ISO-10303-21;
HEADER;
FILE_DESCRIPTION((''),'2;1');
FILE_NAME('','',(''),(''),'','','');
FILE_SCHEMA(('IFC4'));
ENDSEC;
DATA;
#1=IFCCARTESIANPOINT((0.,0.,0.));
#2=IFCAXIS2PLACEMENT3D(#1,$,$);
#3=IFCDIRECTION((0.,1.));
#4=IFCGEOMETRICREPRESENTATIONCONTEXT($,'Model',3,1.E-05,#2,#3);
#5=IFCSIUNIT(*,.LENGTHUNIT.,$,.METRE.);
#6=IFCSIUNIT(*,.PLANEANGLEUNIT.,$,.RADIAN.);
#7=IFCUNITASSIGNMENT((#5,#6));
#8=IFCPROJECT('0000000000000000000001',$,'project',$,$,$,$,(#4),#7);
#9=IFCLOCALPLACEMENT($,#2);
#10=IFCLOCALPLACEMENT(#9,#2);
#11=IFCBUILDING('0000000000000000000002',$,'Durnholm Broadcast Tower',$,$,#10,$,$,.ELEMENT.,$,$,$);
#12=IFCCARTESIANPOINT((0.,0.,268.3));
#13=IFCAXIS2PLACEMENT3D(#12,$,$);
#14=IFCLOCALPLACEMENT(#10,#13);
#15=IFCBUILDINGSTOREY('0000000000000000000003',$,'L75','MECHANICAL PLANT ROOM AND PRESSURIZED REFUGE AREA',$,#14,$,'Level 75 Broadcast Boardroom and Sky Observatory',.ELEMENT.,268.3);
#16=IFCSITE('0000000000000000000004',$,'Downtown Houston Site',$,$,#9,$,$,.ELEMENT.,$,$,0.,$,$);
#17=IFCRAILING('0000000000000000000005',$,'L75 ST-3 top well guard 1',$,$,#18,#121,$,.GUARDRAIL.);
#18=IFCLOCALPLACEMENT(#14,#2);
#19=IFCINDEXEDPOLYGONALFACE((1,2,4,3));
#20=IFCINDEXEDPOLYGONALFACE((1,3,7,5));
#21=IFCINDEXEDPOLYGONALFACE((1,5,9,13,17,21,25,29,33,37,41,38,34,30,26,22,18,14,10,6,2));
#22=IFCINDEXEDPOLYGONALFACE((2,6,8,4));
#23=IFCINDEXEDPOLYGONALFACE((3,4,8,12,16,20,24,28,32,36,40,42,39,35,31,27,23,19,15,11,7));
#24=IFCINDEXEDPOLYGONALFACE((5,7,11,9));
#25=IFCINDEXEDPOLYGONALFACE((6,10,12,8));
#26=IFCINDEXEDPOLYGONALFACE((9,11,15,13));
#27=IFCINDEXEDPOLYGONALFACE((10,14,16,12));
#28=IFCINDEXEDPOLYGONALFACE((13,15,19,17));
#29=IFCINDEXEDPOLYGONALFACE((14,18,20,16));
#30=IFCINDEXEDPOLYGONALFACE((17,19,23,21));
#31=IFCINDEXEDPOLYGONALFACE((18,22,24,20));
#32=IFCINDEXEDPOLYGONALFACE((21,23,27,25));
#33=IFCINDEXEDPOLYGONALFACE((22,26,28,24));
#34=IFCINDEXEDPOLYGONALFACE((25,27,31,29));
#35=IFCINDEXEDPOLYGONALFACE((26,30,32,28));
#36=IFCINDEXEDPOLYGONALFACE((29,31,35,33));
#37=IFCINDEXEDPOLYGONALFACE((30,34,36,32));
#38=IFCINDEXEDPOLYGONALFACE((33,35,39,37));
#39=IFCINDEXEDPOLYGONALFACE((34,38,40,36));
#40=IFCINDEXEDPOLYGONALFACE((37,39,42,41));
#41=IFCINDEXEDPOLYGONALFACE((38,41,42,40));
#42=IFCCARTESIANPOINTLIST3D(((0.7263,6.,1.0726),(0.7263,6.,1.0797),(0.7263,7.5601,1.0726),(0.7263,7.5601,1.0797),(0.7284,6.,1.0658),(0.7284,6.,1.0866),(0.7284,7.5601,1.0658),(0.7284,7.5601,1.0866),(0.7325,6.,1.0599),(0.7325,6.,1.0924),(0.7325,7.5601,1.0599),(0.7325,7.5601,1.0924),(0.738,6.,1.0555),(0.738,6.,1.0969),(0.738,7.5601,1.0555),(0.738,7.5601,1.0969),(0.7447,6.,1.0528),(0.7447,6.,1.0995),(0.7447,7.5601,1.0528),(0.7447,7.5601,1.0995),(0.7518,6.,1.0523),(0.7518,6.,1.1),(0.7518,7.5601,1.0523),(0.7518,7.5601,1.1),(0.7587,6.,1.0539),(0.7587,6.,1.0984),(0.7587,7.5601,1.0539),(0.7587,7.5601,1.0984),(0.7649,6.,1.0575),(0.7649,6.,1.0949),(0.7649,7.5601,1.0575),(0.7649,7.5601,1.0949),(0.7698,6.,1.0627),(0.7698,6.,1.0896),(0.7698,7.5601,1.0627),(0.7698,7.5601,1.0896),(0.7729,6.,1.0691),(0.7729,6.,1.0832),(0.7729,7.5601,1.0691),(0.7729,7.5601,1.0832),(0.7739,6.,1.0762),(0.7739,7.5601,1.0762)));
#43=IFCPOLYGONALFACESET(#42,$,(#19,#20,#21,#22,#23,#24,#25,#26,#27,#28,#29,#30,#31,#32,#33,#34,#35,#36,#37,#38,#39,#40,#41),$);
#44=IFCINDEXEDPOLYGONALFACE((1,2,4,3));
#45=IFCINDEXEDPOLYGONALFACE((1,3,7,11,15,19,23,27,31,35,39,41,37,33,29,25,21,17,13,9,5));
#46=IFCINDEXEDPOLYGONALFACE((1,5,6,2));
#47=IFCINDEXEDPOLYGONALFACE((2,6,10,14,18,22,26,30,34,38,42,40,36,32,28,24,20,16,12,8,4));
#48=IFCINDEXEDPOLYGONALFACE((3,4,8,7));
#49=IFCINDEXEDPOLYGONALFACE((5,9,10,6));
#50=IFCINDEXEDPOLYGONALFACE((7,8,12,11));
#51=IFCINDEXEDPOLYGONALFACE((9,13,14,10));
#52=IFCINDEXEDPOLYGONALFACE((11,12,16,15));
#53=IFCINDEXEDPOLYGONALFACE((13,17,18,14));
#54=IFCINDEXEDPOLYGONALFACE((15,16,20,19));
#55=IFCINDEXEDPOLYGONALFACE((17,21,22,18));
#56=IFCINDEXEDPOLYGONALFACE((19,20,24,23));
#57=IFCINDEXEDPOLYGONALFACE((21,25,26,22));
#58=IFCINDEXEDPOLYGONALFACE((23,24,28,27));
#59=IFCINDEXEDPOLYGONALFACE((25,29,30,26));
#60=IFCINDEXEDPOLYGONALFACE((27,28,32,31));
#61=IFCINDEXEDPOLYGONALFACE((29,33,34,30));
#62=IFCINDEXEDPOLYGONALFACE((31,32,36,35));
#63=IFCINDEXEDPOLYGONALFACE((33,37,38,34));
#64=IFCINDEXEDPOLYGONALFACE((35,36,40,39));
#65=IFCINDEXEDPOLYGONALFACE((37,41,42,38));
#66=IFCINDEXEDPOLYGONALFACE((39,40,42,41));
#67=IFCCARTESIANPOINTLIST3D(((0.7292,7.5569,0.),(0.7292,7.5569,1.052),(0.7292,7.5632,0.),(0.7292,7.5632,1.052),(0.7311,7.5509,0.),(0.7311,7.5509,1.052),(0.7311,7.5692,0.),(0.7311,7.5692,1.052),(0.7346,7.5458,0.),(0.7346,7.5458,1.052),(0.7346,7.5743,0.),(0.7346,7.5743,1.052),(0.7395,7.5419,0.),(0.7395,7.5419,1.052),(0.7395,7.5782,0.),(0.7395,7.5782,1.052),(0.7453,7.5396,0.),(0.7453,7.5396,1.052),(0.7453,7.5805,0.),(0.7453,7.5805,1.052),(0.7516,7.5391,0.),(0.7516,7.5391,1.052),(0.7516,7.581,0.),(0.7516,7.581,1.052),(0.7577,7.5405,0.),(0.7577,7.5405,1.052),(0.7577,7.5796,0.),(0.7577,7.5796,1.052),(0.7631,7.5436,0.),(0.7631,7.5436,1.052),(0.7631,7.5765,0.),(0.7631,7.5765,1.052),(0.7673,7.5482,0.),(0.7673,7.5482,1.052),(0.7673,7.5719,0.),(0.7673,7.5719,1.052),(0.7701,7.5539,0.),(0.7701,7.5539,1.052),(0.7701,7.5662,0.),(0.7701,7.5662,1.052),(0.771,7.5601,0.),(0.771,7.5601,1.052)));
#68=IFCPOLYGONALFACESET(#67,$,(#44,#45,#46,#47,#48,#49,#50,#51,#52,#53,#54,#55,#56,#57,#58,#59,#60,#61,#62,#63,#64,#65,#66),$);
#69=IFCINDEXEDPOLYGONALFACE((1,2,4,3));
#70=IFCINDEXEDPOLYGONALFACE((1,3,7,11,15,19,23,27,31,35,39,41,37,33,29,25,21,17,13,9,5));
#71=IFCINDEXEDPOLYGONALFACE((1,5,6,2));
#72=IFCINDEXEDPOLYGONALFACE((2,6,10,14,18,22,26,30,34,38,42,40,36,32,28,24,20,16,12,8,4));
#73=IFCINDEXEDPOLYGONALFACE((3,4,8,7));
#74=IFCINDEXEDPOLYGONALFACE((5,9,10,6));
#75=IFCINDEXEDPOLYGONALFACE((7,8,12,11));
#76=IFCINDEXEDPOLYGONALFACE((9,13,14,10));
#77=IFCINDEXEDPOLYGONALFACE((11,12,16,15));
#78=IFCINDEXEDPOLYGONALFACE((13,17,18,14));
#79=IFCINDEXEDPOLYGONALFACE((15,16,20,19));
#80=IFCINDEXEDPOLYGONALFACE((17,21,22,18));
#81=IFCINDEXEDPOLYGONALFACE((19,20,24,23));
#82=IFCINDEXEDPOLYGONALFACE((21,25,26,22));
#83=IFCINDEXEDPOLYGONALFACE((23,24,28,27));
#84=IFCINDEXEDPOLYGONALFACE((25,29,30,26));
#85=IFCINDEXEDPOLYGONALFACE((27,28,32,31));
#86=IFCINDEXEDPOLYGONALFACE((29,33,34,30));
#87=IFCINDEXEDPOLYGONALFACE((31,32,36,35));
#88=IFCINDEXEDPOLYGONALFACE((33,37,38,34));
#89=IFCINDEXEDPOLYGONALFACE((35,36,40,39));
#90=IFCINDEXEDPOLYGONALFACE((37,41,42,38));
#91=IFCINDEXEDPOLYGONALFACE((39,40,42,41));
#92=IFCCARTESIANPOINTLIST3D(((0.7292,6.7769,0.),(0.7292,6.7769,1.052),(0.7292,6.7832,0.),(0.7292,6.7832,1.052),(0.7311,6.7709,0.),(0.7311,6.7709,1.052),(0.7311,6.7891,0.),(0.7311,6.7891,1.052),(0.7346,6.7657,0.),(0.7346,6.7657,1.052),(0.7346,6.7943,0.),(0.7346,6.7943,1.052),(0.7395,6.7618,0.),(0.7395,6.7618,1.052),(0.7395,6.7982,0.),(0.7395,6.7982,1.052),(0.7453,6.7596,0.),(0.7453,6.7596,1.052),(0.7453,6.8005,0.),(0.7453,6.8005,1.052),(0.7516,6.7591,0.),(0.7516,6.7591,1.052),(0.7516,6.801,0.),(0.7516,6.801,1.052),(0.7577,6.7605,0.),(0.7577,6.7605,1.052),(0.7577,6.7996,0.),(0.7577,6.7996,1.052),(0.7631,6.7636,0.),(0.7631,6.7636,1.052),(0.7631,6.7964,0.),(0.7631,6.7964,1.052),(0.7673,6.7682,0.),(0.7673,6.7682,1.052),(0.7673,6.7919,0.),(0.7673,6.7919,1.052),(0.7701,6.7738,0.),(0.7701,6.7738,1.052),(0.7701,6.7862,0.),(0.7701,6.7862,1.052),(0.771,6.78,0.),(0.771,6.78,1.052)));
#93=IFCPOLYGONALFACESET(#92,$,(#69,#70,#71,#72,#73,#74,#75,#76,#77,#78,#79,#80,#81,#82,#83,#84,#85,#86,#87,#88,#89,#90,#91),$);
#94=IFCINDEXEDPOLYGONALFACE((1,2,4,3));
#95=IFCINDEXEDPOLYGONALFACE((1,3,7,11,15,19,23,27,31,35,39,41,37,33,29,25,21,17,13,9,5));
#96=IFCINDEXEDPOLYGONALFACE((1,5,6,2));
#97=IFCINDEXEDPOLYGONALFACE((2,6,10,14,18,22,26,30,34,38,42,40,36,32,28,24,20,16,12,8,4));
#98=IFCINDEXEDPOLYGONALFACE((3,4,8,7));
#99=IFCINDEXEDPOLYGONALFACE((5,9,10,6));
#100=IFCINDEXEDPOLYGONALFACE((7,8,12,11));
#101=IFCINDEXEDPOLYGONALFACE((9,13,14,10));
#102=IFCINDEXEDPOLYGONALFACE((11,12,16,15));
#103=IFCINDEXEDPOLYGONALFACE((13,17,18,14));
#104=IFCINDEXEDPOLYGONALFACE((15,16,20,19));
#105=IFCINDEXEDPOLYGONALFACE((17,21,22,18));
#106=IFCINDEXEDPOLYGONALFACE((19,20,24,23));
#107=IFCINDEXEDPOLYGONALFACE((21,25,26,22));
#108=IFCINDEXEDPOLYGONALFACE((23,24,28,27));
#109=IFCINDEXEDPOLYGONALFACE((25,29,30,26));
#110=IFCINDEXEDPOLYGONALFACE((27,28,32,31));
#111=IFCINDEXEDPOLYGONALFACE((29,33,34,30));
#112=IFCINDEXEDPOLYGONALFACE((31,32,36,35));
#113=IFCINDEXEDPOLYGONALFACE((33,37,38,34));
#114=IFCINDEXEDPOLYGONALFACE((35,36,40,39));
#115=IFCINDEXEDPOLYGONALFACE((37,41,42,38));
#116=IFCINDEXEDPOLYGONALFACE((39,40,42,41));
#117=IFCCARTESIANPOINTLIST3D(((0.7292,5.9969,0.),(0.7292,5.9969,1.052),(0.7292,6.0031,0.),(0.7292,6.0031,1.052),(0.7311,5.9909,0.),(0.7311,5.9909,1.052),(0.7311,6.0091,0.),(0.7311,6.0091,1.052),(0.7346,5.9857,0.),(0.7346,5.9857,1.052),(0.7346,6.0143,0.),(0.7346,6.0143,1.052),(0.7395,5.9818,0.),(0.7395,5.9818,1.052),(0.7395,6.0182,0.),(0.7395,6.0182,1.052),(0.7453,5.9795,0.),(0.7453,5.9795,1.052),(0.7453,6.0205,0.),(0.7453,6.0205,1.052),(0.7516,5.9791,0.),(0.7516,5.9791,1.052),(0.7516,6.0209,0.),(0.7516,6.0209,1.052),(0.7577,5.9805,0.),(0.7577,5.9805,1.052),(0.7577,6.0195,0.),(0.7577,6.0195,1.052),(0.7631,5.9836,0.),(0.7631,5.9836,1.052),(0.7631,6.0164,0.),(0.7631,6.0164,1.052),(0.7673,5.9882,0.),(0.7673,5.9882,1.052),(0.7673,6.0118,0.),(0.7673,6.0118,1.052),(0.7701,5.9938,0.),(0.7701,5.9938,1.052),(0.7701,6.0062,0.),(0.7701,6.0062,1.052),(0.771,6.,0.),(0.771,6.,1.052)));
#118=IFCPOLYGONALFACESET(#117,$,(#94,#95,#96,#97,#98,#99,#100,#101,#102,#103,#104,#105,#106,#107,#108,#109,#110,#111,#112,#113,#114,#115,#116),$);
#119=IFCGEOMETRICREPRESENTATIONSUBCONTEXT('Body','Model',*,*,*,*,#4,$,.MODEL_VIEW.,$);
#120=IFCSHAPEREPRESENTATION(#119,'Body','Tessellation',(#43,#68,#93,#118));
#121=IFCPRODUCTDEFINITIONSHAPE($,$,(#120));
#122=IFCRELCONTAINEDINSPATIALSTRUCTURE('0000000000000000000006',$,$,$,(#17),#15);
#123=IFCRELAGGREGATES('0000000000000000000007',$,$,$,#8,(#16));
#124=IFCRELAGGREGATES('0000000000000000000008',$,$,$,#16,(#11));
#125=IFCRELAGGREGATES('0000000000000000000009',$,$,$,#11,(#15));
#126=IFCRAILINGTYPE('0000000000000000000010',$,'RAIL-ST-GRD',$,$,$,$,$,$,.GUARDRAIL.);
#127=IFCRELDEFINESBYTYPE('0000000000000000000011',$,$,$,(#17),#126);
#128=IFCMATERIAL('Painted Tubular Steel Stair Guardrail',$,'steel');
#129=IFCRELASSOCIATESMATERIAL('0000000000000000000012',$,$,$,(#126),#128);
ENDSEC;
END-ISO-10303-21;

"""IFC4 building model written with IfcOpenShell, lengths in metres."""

from ifc_helpers import new_model, si_unit, direction, frame, origin, origin_2d, place, context, subcontext, project, spatial, circle, extrude, material, type_object, element, save


model = new_model("IFC4")

# Units and contexts
model_context = context("Model", 3, precision=1e-05, world=origin(), true_north=direction((0.0, 1.0)))
body_context = subcontext(model_context, "Body", "Model", "MODEL_VIEW")
ifc_project = project(units=[si_unit("LENGTHUNIT", "METRE"), si_unit("PLANEANGLEUNIT", "RADIAN")], contexts=[model_context])

# Site, building, storey
site_placement = place(None, origin())
site = spatial("IfcSite", under=ifc_project, at=site_placement, Name="Downtown Houston Site", CompositionType="ELEMENT", RefElevation=0.0)
building_placement = place(site_placement, origin())
building = spatial("IfcBuilding", under=site, at=building_placement, Name="Durnholm Broadcast Tower", CompositionType="ELEMENT")
storey_placement = place(building_placement, frame((0.0, 0.0, 268.3)))
storey = spatial("IfcBuildingStorey", under=building, at=storey_placement, Name="L75", Description="MECHANICAL PLANT ROOM AND PRESSURIZED REFUGE AREA", LongName="Level 75 Broadcast Boardroom and Sky Observatory", CompositionType="ELEMENT", Elevation=268.3)

# Railing
ifc_material_1 = material(Name="Painted Tubular Steel Stair Guardrail", Category="steel")
railing_type = type_object("IfcRailingType", Name="RAIL-ST-GRD", PredefinedType="GUARDRAIL", material=ifc_material_1)
railing_placement = place(storey_placement, frame((0.75, 7.5601, 0.0)))
element("IfcRailing", 1, at=railing_placement, inside=storey, type_object=railing_type, Name="L75 ST-3 top well guard 1", PredefinedType="GUARDRAIL", context=body_context, shape_type="SweptSolid", body=[
    extrude(circle(Radius=0.0239, at=origin_2d()), frame((0.0, 0.0, 1.0762), z_axis=(0.0, -1.0, 0.0), x_axis=(1.0, 0.0, 0.0)), (0.0, 0.0, 1.0), 1.5601),
    extrude(circle(Radius=0.021, at=origin_2d()), origin(), (0.0, 0.0, 1.0), 1.052),
    extrude(circle(Radius=0.021, at=origin_2d()), frame((0.0, -0.78, 0.0)), (0.0, 0.0, 1.0), 1.052),
    extrude(circle(Radius=0.021, at=origin_2d()), frame((0.0, -1.5601, 0.0)), (0.0, 0.0, 1.0), 1.052),
])

save(model, "model.ifc")
